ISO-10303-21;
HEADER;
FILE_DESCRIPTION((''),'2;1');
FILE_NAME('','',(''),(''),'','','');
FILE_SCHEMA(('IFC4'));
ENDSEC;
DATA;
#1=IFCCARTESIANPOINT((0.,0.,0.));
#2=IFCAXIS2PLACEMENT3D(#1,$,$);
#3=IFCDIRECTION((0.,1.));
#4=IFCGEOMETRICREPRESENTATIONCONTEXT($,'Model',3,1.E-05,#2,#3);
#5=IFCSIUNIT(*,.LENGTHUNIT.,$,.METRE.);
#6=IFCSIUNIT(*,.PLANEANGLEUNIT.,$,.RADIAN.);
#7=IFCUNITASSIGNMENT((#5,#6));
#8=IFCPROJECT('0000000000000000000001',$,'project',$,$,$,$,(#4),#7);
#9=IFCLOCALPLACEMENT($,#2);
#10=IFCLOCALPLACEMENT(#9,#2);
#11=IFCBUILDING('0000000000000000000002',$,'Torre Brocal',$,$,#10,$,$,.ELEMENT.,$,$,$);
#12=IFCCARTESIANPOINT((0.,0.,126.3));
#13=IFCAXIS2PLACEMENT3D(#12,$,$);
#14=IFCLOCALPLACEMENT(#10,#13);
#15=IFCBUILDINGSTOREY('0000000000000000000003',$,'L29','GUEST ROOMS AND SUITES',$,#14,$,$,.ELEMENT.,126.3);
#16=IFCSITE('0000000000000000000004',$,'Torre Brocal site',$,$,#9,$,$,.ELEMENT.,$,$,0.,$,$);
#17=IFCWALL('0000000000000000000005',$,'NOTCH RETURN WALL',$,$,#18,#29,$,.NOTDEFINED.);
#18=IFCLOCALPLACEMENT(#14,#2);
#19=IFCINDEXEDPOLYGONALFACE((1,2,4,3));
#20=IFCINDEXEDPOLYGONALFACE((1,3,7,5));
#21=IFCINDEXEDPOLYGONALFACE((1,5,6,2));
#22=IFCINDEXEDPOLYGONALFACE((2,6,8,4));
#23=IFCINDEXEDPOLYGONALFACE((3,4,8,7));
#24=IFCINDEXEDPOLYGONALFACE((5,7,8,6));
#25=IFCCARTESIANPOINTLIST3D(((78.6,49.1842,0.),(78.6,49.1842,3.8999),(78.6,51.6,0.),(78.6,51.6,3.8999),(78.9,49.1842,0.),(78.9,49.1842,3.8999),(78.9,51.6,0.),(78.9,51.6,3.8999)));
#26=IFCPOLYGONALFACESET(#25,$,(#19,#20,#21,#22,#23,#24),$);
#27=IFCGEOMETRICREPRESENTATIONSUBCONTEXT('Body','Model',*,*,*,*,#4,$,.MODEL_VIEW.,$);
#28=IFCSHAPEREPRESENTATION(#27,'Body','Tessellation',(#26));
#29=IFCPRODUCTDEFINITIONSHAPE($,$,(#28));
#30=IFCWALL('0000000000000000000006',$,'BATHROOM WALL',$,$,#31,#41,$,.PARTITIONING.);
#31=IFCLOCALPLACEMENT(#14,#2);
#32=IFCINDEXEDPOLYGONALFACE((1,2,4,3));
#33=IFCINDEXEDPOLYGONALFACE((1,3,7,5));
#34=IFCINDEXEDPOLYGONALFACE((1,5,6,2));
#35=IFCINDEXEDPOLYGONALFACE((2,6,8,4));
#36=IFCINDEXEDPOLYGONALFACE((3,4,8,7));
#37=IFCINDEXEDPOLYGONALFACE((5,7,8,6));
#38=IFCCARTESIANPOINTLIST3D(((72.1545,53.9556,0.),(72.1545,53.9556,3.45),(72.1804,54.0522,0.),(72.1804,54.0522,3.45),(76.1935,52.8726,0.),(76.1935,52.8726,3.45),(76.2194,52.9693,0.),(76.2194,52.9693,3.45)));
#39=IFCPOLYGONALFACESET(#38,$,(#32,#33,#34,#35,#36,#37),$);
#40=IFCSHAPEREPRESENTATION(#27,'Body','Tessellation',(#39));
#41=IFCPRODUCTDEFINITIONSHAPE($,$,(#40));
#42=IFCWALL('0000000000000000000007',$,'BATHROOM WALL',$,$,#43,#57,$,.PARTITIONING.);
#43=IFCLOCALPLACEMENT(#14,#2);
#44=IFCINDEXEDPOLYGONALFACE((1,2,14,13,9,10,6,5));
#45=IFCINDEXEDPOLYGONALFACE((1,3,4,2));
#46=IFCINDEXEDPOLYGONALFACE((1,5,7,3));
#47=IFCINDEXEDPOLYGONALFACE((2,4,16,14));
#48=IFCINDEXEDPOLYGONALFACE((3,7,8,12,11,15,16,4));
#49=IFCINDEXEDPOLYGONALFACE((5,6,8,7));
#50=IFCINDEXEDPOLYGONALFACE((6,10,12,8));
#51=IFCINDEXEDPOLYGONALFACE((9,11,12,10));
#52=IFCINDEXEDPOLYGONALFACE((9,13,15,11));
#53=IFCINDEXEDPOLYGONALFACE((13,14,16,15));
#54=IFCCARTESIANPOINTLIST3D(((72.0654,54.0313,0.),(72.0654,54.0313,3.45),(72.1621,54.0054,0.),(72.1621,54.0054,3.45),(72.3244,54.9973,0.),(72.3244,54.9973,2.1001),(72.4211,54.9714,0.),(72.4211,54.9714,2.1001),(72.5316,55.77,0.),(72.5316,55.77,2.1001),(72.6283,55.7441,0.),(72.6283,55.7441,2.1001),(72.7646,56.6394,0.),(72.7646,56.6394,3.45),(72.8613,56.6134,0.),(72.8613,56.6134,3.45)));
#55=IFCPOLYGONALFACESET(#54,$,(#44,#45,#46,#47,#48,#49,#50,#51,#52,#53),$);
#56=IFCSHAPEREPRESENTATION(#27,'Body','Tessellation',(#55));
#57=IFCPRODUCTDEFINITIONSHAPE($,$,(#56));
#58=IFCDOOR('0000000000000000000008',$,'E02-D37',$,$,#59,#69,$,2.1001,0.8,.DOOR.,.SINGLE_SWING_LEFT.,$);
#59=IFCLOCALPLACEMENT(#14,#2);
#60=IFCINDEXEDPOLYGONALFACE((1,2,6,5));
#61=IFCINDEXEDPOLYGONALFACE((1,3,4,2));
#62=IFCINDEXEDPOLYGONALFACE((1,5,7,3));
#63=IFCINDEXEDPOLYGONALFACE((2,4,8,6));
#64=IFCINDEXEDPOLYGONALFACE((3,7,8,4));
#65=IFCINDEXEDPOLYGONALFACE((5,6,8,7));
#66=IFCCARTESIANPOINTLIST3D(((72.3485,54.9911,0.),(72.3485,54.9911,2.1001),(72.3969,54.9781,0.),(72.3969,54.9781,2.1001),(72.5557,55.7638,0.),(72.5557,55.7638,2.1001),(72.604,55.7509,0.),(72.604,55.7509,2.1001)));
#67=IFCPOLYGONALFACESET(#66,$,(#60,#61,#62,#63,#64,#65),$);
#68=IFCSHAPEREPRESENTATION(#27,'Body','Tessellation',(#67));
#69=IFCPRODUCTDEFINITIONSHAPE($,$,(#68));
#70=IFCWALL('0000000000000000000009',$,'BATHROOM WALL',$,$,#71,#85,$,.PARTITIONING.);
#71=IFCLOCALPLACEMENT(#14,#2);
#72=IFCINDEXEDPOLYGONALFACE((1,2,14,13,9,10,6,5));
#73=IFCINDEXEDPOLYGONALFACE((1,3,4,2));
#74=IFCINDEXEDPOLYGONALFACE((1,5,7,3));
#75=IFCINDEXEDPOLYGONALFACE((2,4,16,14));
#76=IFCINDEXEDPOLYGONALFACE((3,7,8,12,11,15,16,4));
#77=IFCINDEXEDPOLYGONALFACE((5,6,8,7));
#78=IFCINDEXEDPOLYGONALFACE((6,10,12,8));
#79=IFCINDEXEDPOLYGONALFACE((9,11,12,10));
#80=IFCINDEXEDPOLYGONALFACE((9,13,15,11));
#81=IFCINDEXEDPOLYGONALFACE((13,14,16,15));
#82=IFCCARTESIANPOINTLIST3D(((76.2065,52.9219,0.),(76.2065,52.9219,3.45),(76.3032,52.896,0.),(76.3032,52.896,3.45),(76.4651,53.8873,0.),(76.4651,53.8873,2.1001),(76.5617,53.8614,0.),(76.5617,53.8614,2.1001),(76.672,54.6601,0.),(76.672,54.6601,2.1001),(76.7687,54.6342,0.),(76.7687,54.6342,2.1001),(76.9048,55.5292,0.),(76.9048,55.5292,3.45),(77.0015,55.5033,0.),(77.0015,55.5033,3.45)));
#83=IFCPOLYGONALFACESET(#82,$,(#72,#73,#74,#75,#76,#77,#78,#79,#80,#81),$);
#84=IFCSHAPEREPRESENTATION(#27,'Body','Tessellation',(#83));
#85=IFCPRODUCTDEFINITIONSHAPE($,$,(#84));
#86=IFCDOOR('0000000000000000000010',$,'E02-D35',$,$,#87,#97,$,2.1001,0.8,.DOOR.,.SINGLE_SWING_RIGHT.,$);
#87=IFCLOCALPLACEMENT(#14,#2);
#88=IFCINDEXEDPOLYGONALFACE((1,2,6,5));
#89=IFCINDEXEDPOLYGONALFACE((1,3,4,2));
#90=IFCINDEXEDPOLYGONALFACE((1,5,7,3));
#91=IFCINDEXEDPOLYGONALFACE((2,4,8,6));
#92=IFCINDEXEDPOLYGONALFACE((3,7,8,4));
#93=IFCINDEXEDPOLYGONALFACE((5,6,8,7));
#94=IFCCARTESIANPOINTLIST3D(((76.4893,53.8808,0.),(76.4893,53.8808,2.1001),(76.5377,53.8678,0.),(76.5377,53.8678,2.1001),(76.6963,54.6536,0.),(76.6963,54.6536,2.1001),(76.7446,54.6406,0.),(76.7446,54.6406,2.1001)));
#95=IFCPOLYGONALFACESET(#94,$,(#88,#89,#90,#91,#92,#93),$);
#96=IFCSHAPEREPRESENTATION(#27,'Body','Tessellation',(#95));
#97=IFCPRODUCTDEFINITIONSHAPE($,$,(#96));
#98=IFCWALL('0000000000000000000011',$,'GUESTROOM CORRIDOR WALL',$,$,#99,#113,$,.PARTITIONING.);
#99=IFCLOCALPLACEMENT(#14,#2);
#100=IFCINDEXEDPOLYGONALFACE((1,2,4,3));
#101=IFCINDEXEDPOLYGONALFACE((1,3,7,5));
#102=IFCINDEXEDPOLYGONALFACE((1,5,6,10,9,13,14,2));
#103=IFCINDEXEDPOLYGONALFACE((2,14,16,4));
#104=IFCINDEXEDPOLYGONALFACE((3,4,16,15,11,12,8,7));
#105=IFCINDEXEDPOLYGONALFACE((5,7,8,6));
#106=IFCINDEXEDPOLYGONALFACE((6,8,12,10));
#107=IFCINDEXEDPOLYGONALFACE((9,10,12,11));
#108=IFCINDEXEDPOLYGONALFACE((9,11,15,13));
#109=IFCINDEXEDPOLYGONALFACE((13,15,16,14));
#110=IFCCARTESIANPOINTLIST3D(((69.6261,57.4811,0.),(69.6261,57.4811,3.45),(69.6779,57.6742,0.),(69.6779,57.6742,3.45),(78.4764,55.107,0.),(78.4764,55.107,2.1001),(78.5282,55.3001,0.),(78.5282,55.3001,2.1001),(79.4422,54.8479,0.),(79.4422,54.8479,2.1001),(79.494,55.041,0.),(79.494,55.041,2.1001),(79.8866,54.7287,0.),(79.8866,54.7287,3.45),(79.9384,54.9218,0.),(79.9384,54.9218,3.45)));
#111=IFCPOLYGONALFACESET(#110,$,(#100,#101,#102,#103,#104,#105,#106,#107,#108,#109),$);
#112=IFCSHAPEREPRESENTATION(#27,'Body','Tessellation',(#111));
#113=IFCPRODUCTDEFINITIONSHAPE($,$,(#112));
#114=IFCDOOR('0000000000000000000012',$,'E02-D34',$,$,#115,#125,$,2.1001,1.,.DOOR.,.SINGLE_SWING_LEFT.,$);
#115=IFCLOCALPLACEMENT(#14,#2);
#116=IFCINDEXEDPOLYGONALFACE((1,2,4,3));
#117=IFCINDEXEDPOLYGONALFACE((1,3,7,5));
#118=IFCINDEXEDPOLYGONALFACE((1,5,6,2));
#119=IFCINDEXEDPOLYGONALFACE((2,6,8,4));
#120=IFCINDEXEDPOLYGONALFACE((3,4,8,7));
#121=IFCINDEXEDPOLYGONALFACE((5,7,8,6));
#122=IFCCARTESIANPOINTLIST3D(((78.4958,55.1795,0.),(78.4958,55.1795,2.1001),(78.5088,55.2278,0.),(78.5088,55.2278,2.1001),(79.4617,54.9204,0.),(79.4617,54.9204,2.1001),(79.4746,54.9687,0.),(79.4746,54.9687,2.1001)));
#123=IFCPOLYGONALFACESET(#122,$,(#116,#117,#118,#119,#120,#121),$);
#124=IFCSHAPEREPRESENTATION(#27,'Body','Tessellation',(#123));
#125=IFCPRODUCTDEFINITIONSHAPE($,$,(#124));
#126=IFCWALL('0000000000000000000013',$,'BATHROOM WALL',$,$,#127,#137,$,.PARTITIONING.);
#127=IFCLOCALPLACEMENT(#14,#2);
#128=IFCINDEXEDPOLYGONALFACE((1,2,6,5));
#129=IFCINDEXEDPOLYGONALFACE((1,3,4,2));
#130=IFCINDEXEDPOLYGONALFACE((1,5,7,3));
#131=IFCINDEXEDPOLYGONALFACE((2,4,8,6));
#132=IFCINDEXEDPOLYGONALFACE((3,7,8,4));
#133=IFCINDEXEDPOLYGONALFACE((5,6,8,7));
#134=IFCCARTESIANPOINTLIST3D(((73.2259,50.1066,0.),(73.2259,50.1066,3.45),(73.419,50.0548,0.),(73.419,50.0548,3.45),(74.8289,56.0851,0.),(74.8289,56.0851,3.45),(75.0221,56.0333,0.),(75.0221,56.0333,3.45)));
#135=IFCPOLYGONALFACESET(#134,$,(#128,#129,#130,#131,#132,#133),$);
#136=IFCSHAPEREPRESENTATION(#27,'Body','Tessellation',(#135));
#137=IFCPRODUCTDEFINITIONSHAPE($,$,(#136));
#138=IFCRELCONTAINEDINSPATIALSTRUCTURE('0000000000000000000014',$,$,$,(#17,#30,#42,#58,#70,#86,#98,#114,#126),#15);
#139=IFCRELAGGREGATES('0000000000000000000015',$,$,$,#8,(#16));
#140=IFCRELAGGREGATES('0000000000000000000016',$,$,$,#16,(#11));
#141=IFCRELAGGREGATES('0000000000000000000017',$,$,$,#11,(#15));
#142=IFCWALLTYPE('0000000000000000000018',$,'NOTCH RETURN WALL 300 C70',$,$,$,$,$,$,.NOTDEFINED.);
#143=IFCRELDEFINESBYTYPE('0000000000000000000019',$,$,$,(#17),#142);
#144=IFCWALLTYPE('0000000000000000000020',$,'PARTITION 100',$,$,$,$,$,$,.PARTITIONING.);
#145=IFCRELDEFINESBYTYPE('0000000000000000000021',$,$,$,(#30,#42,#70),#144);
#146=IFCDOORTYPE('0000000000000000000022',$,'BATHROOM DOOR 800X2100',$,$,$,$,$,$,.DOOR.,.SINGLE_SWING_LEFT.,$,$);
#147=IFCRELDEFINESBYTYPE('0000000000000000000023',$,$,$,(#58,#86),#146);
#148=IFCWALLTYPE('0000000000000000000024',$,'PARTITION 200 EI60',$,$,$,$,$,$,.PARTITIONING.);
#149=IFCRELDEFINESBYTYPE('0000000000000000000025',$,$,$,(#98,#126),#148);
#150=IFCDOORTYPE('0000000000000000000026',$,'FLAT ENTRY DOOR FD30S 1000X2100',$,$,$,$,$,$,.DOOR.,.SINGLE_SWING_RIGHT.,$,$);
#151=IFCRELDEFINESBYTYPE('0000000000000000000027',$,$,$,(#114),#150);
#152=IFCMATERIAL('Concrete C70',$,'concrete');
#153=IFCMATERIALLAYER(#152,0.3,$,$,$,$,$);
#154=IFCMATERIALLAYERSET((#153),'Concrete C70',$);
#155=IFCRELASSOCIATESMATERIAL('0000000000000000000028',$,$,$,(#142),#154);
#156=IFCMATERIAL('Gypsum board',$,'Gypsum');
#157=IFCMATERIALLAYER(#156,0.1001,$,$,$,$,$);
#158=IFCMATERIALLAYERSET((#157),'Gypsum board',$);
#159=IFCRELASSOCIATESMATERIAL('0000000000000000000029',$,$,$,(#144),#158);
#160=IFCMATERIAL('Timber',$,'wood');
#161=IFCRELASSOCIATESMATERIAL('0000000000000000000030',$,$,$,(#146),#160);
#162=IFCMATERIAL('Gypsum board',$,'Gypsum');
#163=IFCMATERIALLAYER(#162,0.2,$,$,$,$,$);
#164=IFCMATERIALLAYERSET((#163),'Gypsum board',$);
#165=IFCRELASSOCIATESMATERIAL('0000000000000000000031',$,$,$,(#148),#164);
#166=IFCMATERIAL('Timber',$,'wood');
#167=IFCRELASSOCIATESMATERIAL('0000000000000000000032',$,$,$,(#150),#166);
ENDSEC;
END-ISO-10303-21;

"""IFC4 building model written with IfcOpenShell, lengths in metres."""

from ifc_helpers import new_model, si_unit, direction, frame, frame_2d, origin, place, context, subcontext, project, spatial, rectangle, extrude, material, layer, layer_set, type_object, element, fill, save


model = new_model("IFC4")

# Units and contexts
model_context = context("Model", 3, precision=1e-05, world=origin(), true_north=direction((0.0, 1.0)))
body_context = subcontext(model_context, "Body", "Model", "MODEL_VIEW")
ifc_project = project(units=[si_unit("LENGTHUNIT", "METRE"), si_unit("PLANEANGLEUNIT", "RADIAN")], contexts=[model_context])

# Site, building, storey
site_placement = place(None, origin())
site = spatial("IfcSite", under=ifc_project, at=site_placement, Name="Torre Brocal site", CompositionType="ELEMENT", RefElevation=0.0)
building_placement = place(site_placement, origin())
building = spatial("IfcBuilding", under=site, at=building_placement, Name="Torre Brocal", CompositionType="ELEMENT")
storey_placement = place(building_placement, frame((0.0, 0.0, 126.3)))
storey = spatial("IfcBuildingStorey", under=building, at=storey_placement, Name="L29", Description="GUEST ROOMS AND SUITES", CompositionType="ELEMENT", Elevation=126.3)

# Walls
ifc_material_1 = material(Name="Concrete C70", Category="concrete")
ifc_layer_1 = layer(ifc_material_1, 0.3)
ifc_layer_set_1 = layer_set([ifc_layer_1], Name="Concrete C70")
wall_type_1 = type_object("IfcWallType", Name="NOTCH RETURN WALL 300 C70", PredefinedType="NOTDEFINED", material=ifc_layer_set_1)
wall_1_placement = place(storey_placement, frame((78.75, 51.6001, 0.0), z_axis=(0.0, 0.0, 1.0), x_axis=(0.0, -1.0, 0.0)))
element("IfcWall", 1, at=wall_1_placement, inside=storey, type_object=wall_type_1, Name="NOTCH RETURN WALL", PredefinedType="NOTDEFINED", context=body_context, shape_type="SweptSolid", body=[
    extrude(rectangle(XDim=2.4158, YDim=0.3, at=frame_2d((1.208, 0.0))), origin(), (0.0, 0.0, 1.0), 3.8999),
])
ifc_material_2 = material(Name="Gypsum board", Category="Gypsum")
ifc_layer_2 = layer(ifc_material_2, 0.1001)
ifc_layer_set_2 = layer_set([ifc_layer_2], Name="Gypsum board")
wall_type_2 = type_object("IfcWallType", Name="PARTITION 100", PredefinedType="PARTITIONING", material=ifc_layer_set_2)
wall_2_placement = place(storey_placement, frame((72.1675, 54.0039, 0.0), z_axis=(0.0, 0.0, 1.0), x_axis=(0.965881, -0.258985, 0.0)))
element("IfcWall", 2, at=wall_2_placement, inside=storey, type_object=wall_type_2, Name="BATHROOM WALL", PredefinedType="PARTITIONING", context=body_context, shape_type="SweptSolid", body=[
    extrude(rectangle(XDim=4.1816, YDim=0.1001, at=frame_2d((2.0908, 0.0))), origin(), (0.0, 0.0, 1.0), 3.45),
])

# Walls, openings, doors
wall_3_placement = place(storey_placement, frame((72.1138, 54.0183, 0.0), z_axis=(0.0, 0.0, 1.0), x_axis=(0.258945, 0.965892, 0.0)))
wall_3 = element("IfcWall", 3, at=wall_3_placement, inside=storey, type_object=wall_type_2, Name="BATHROOM WALL", PredefinedType="PARTITIONING", context=body_context, shape_type="SweptSolid", body=[
    extrude(rectangle(XDim=2.7002, YDim=0.1001, at=frame_2d((1.3501, 0.0))), origin(), (0.0, 0.0, 1.0), 3.45),
])
opening_1_placement = place(wall_3_placement, frame((1.0002, 0.0, 0.0)))
opening_1 = element("IfcOpeningElement", 4, at=opening_1_placement, cuts=wall_3, PredefinedType="OPENING", context=body_context, shape_type="SweptSolid", body=[
    extrude(rectangle(XDim=0.8, YDim=2.1001, at=frame_2d((0.3999, 1.05))), frame((0.0, 0.0601, 0.0), z_axis=(0.0, -1.0, 0.0), x_axis=(1.0, 0.0, 0.0)), (0.0, 0.0, 1.0), 0.1201),
])
ifc_material_3 = material(Name="Timber", Category="wood")
door_type_1 = type_object("IfcDoorType", Name="BATHROOM DOOR 800X2100", OperationType="SINGLE_SWING_LEFT", PredefinedType="DOOR", material=ifc_material_3)
door_1_placement = place(opening_1_placement, frame((0.8, 0.0, 0.0), z_axis=(0.0, 0.0, 1.0), x_axis=(-1.0, 0.0, 0.0)))
door_1 = element("IfcDoor", 5, at=door_1_placement, inside=storey, type_object=door_type_1, Name="E02-D37", OperationType="SINGLE_SWING_LEFT", OverallHeight=2.1001, OverallWidth=0.8, PredefinedType="DOOR", context=body_context, shape_type="SweptSolid", body=[
    extrude(rectangle(XDim=0.8, YDim=2.1001, at=frame_2d((0.3999, 1.05))), frame((0.0, 0.0249, 0.0), z_axis=(0.0, -1.0, 0.0), x_axis=(1.0, 0.0, 0.0)), (0.0, 0.0, 1.0), 0.05),
])
fill(opening_1, door_1)
wall_4_placement = place(storey_placement, frame((76.2549, 52.9089, 0.0), z_axis=(0.0, 0.0, 1.0), x_axis=(0.258676, 0.965964, 0.0)))
wall_4 = element("IfcWall", 6, at=wall_4_placement, inside=storey, type_object=wall_type_2, Name="BATHROOM WALL", PredefinedType="PARTITIONING", context=body_context, shape_type="SweptSolid", body=[
    extrude(rectangle(XDim=2.6992, YDim=0.1001, at=frame_2d((1.3496, 0.0))), origin(), (0.0, 0.0, 1.0), 3.45),
])
opening_2_placement = place(wall_4_placement, frame((0.9995, 0.0, 0.0)))
opening_2 = element("IfcOpeningElement", 7, at=opening_2_placement, cuts=wall_4, PredefinedType="OPENING", context=body_context, shape_type="SweptSolid", body=[
    extrude(rectangle(XDim=0.8, YDim=2.1001, at=frame_2d((0.3999, 1.05))), frame((0.0, 0.0601, 0.0), z_axis=(0.0, -1.0, 0.0), x_axis=(1.0, 0.0, 0.0)), (0.0, 0.0, 1.0), 0.1201),
])
door_2_placement = place(opening_2_placement, origin())
door_2 = element("IfcDoor", 8, at=door_2_placement, inside=storey, type_object=door_type_1, Name="E02-D35", OperationType="SINGLE_SWING_RIGHT", OverallHeight=2.1001, OverallWidth=0.8, PredefinedType="DOOR", context=body_context, shape_type="SweptSolid", body=[
    extrude(rectangle(XDim=0.8, YDim=2.1001, at=frame_2d((0.3999, 1.05))), frame((0.0, 0.0249, 0.0), z_axis=(0.0, -1.0, 0.0), x_axis=(1.0, 0.0, 0.0)), (0.0, 0.0, 1.0), 0.05),
])
fill(opening_2, door_2)
ifc_material_4 = material(Name="Gypsum board", Category="Gypsum")
ifc_layer_3 = layer(ifc_material_4, 0.2)
ifc_layer_set_3 = layer_set([ifc_layer_3], Name="Gypsum board")
wall_type_3 = type_object("IfcWallType", Name="PARTITION 200 EI60", PredefinedType="PARTITIONING", material=ifc_layer_set_3)
wall_5_placement = place(storey_placement, frame((69.6521, 57.5776, 0.0), z_axis=(0.0, 0.0, 1.0), x_axis=(0.965852, -0.259096, 0.0)))
wall_5 = element("IfcWall", 9, at=wall_5_placement, inside=storey, type_object=wall_type_3, Name="GUESTROOM CORRIDOR WALL", PredefinedType="PARTITIONING", context=body_context, shape_type="SweptSolid", body=[
    extrude(rectangle(XDim=10.6233, YDim=0.2, at=frame_2d((5.3115, 0.0))), origin(), (0.0, 0.0, 1.0), 3.45),
])
opening_3_placement = place(wall_5_placement, frame((9.1631, 0.0, 0.0)))
opening_3 = element("IfcOpeningElement", 10, at=opening_3_placement, cuts=wall_5, PredefinedType="OPENING", context=body_context, shape_type="SweptSolid", body=[
    extrude(rectangle(XDim=1.0, YDim=2.1001, at=frame_2d((0.5, 1.05))), frame((0.0, 0.1099, 0.0), z_axis=(0.0, -1.0, 0.0), x_axis=(1.0, 0.0, 0.0)), (0.0, 0.0, 1.0), 0.22),
])
ifc_material_5 = material(Name="Timber", Category="wood")
door_type_2 = type_object("IfcDoorType", Name="FLAT ENTRY DOOR FD30S 1000X2100", OperationType="SINGLE_SWING_RIGHT", PredefinedType="DOOR", material=ifc_material_5)
door_3_placement = place(opening_3_placement, frame((1.0, 0.0, 0.0), z_axis=(0.0, 0.0, 1.0), x_axis=(-1.0, 0.0, 0.0)))
door_3 = element("IfcDoor", 11, at=door_3_placement, inside=storey, type_object=door_type_2, Name="E02-D34", OperationType="SINGLE_SWING_LEFT", OverallHeight=2.1001, OverallWidth=1.0, PredefinedType="DOOR", context=body_context, shape_type="SweptSolid", body=[
    extrude(rectangle(XDim=1.0, YDim=2.1001, at=frame_2d((0.5, 1.05))), frame((0.0, 0.0249, 0.0), z_axis=(0.0, -1.0, 0.0), x_axis=(1.0, 0.0, 0.0)), (0.0, 0.0, 1.0), 0.05),
])
fill(opening_3, door_3)

# Wall
wall_6_placement = place(storey_placement, frame((73.3225, 50.0808, 0.0), z_axis=(0.0, 0.0, 1.0), x_axis=(0.258983, 0.965882, 0.0)))
element("IfcWall", 12, at=wall_6_placement, inside=storey, type_object=wall_type_3, Name="BATHROOM WALL", PredefinedType="PARTITIONING", context=body_context, shape_type="SweptSolid", body=[
    extrude(rectangle(XDim=6.1897, YDim=0.2, at=frame_2d((3.0947, 0.0))), origin(), (0.0, 0.0, 1.0), 3.45),
])

save(model, "model.ifc")
